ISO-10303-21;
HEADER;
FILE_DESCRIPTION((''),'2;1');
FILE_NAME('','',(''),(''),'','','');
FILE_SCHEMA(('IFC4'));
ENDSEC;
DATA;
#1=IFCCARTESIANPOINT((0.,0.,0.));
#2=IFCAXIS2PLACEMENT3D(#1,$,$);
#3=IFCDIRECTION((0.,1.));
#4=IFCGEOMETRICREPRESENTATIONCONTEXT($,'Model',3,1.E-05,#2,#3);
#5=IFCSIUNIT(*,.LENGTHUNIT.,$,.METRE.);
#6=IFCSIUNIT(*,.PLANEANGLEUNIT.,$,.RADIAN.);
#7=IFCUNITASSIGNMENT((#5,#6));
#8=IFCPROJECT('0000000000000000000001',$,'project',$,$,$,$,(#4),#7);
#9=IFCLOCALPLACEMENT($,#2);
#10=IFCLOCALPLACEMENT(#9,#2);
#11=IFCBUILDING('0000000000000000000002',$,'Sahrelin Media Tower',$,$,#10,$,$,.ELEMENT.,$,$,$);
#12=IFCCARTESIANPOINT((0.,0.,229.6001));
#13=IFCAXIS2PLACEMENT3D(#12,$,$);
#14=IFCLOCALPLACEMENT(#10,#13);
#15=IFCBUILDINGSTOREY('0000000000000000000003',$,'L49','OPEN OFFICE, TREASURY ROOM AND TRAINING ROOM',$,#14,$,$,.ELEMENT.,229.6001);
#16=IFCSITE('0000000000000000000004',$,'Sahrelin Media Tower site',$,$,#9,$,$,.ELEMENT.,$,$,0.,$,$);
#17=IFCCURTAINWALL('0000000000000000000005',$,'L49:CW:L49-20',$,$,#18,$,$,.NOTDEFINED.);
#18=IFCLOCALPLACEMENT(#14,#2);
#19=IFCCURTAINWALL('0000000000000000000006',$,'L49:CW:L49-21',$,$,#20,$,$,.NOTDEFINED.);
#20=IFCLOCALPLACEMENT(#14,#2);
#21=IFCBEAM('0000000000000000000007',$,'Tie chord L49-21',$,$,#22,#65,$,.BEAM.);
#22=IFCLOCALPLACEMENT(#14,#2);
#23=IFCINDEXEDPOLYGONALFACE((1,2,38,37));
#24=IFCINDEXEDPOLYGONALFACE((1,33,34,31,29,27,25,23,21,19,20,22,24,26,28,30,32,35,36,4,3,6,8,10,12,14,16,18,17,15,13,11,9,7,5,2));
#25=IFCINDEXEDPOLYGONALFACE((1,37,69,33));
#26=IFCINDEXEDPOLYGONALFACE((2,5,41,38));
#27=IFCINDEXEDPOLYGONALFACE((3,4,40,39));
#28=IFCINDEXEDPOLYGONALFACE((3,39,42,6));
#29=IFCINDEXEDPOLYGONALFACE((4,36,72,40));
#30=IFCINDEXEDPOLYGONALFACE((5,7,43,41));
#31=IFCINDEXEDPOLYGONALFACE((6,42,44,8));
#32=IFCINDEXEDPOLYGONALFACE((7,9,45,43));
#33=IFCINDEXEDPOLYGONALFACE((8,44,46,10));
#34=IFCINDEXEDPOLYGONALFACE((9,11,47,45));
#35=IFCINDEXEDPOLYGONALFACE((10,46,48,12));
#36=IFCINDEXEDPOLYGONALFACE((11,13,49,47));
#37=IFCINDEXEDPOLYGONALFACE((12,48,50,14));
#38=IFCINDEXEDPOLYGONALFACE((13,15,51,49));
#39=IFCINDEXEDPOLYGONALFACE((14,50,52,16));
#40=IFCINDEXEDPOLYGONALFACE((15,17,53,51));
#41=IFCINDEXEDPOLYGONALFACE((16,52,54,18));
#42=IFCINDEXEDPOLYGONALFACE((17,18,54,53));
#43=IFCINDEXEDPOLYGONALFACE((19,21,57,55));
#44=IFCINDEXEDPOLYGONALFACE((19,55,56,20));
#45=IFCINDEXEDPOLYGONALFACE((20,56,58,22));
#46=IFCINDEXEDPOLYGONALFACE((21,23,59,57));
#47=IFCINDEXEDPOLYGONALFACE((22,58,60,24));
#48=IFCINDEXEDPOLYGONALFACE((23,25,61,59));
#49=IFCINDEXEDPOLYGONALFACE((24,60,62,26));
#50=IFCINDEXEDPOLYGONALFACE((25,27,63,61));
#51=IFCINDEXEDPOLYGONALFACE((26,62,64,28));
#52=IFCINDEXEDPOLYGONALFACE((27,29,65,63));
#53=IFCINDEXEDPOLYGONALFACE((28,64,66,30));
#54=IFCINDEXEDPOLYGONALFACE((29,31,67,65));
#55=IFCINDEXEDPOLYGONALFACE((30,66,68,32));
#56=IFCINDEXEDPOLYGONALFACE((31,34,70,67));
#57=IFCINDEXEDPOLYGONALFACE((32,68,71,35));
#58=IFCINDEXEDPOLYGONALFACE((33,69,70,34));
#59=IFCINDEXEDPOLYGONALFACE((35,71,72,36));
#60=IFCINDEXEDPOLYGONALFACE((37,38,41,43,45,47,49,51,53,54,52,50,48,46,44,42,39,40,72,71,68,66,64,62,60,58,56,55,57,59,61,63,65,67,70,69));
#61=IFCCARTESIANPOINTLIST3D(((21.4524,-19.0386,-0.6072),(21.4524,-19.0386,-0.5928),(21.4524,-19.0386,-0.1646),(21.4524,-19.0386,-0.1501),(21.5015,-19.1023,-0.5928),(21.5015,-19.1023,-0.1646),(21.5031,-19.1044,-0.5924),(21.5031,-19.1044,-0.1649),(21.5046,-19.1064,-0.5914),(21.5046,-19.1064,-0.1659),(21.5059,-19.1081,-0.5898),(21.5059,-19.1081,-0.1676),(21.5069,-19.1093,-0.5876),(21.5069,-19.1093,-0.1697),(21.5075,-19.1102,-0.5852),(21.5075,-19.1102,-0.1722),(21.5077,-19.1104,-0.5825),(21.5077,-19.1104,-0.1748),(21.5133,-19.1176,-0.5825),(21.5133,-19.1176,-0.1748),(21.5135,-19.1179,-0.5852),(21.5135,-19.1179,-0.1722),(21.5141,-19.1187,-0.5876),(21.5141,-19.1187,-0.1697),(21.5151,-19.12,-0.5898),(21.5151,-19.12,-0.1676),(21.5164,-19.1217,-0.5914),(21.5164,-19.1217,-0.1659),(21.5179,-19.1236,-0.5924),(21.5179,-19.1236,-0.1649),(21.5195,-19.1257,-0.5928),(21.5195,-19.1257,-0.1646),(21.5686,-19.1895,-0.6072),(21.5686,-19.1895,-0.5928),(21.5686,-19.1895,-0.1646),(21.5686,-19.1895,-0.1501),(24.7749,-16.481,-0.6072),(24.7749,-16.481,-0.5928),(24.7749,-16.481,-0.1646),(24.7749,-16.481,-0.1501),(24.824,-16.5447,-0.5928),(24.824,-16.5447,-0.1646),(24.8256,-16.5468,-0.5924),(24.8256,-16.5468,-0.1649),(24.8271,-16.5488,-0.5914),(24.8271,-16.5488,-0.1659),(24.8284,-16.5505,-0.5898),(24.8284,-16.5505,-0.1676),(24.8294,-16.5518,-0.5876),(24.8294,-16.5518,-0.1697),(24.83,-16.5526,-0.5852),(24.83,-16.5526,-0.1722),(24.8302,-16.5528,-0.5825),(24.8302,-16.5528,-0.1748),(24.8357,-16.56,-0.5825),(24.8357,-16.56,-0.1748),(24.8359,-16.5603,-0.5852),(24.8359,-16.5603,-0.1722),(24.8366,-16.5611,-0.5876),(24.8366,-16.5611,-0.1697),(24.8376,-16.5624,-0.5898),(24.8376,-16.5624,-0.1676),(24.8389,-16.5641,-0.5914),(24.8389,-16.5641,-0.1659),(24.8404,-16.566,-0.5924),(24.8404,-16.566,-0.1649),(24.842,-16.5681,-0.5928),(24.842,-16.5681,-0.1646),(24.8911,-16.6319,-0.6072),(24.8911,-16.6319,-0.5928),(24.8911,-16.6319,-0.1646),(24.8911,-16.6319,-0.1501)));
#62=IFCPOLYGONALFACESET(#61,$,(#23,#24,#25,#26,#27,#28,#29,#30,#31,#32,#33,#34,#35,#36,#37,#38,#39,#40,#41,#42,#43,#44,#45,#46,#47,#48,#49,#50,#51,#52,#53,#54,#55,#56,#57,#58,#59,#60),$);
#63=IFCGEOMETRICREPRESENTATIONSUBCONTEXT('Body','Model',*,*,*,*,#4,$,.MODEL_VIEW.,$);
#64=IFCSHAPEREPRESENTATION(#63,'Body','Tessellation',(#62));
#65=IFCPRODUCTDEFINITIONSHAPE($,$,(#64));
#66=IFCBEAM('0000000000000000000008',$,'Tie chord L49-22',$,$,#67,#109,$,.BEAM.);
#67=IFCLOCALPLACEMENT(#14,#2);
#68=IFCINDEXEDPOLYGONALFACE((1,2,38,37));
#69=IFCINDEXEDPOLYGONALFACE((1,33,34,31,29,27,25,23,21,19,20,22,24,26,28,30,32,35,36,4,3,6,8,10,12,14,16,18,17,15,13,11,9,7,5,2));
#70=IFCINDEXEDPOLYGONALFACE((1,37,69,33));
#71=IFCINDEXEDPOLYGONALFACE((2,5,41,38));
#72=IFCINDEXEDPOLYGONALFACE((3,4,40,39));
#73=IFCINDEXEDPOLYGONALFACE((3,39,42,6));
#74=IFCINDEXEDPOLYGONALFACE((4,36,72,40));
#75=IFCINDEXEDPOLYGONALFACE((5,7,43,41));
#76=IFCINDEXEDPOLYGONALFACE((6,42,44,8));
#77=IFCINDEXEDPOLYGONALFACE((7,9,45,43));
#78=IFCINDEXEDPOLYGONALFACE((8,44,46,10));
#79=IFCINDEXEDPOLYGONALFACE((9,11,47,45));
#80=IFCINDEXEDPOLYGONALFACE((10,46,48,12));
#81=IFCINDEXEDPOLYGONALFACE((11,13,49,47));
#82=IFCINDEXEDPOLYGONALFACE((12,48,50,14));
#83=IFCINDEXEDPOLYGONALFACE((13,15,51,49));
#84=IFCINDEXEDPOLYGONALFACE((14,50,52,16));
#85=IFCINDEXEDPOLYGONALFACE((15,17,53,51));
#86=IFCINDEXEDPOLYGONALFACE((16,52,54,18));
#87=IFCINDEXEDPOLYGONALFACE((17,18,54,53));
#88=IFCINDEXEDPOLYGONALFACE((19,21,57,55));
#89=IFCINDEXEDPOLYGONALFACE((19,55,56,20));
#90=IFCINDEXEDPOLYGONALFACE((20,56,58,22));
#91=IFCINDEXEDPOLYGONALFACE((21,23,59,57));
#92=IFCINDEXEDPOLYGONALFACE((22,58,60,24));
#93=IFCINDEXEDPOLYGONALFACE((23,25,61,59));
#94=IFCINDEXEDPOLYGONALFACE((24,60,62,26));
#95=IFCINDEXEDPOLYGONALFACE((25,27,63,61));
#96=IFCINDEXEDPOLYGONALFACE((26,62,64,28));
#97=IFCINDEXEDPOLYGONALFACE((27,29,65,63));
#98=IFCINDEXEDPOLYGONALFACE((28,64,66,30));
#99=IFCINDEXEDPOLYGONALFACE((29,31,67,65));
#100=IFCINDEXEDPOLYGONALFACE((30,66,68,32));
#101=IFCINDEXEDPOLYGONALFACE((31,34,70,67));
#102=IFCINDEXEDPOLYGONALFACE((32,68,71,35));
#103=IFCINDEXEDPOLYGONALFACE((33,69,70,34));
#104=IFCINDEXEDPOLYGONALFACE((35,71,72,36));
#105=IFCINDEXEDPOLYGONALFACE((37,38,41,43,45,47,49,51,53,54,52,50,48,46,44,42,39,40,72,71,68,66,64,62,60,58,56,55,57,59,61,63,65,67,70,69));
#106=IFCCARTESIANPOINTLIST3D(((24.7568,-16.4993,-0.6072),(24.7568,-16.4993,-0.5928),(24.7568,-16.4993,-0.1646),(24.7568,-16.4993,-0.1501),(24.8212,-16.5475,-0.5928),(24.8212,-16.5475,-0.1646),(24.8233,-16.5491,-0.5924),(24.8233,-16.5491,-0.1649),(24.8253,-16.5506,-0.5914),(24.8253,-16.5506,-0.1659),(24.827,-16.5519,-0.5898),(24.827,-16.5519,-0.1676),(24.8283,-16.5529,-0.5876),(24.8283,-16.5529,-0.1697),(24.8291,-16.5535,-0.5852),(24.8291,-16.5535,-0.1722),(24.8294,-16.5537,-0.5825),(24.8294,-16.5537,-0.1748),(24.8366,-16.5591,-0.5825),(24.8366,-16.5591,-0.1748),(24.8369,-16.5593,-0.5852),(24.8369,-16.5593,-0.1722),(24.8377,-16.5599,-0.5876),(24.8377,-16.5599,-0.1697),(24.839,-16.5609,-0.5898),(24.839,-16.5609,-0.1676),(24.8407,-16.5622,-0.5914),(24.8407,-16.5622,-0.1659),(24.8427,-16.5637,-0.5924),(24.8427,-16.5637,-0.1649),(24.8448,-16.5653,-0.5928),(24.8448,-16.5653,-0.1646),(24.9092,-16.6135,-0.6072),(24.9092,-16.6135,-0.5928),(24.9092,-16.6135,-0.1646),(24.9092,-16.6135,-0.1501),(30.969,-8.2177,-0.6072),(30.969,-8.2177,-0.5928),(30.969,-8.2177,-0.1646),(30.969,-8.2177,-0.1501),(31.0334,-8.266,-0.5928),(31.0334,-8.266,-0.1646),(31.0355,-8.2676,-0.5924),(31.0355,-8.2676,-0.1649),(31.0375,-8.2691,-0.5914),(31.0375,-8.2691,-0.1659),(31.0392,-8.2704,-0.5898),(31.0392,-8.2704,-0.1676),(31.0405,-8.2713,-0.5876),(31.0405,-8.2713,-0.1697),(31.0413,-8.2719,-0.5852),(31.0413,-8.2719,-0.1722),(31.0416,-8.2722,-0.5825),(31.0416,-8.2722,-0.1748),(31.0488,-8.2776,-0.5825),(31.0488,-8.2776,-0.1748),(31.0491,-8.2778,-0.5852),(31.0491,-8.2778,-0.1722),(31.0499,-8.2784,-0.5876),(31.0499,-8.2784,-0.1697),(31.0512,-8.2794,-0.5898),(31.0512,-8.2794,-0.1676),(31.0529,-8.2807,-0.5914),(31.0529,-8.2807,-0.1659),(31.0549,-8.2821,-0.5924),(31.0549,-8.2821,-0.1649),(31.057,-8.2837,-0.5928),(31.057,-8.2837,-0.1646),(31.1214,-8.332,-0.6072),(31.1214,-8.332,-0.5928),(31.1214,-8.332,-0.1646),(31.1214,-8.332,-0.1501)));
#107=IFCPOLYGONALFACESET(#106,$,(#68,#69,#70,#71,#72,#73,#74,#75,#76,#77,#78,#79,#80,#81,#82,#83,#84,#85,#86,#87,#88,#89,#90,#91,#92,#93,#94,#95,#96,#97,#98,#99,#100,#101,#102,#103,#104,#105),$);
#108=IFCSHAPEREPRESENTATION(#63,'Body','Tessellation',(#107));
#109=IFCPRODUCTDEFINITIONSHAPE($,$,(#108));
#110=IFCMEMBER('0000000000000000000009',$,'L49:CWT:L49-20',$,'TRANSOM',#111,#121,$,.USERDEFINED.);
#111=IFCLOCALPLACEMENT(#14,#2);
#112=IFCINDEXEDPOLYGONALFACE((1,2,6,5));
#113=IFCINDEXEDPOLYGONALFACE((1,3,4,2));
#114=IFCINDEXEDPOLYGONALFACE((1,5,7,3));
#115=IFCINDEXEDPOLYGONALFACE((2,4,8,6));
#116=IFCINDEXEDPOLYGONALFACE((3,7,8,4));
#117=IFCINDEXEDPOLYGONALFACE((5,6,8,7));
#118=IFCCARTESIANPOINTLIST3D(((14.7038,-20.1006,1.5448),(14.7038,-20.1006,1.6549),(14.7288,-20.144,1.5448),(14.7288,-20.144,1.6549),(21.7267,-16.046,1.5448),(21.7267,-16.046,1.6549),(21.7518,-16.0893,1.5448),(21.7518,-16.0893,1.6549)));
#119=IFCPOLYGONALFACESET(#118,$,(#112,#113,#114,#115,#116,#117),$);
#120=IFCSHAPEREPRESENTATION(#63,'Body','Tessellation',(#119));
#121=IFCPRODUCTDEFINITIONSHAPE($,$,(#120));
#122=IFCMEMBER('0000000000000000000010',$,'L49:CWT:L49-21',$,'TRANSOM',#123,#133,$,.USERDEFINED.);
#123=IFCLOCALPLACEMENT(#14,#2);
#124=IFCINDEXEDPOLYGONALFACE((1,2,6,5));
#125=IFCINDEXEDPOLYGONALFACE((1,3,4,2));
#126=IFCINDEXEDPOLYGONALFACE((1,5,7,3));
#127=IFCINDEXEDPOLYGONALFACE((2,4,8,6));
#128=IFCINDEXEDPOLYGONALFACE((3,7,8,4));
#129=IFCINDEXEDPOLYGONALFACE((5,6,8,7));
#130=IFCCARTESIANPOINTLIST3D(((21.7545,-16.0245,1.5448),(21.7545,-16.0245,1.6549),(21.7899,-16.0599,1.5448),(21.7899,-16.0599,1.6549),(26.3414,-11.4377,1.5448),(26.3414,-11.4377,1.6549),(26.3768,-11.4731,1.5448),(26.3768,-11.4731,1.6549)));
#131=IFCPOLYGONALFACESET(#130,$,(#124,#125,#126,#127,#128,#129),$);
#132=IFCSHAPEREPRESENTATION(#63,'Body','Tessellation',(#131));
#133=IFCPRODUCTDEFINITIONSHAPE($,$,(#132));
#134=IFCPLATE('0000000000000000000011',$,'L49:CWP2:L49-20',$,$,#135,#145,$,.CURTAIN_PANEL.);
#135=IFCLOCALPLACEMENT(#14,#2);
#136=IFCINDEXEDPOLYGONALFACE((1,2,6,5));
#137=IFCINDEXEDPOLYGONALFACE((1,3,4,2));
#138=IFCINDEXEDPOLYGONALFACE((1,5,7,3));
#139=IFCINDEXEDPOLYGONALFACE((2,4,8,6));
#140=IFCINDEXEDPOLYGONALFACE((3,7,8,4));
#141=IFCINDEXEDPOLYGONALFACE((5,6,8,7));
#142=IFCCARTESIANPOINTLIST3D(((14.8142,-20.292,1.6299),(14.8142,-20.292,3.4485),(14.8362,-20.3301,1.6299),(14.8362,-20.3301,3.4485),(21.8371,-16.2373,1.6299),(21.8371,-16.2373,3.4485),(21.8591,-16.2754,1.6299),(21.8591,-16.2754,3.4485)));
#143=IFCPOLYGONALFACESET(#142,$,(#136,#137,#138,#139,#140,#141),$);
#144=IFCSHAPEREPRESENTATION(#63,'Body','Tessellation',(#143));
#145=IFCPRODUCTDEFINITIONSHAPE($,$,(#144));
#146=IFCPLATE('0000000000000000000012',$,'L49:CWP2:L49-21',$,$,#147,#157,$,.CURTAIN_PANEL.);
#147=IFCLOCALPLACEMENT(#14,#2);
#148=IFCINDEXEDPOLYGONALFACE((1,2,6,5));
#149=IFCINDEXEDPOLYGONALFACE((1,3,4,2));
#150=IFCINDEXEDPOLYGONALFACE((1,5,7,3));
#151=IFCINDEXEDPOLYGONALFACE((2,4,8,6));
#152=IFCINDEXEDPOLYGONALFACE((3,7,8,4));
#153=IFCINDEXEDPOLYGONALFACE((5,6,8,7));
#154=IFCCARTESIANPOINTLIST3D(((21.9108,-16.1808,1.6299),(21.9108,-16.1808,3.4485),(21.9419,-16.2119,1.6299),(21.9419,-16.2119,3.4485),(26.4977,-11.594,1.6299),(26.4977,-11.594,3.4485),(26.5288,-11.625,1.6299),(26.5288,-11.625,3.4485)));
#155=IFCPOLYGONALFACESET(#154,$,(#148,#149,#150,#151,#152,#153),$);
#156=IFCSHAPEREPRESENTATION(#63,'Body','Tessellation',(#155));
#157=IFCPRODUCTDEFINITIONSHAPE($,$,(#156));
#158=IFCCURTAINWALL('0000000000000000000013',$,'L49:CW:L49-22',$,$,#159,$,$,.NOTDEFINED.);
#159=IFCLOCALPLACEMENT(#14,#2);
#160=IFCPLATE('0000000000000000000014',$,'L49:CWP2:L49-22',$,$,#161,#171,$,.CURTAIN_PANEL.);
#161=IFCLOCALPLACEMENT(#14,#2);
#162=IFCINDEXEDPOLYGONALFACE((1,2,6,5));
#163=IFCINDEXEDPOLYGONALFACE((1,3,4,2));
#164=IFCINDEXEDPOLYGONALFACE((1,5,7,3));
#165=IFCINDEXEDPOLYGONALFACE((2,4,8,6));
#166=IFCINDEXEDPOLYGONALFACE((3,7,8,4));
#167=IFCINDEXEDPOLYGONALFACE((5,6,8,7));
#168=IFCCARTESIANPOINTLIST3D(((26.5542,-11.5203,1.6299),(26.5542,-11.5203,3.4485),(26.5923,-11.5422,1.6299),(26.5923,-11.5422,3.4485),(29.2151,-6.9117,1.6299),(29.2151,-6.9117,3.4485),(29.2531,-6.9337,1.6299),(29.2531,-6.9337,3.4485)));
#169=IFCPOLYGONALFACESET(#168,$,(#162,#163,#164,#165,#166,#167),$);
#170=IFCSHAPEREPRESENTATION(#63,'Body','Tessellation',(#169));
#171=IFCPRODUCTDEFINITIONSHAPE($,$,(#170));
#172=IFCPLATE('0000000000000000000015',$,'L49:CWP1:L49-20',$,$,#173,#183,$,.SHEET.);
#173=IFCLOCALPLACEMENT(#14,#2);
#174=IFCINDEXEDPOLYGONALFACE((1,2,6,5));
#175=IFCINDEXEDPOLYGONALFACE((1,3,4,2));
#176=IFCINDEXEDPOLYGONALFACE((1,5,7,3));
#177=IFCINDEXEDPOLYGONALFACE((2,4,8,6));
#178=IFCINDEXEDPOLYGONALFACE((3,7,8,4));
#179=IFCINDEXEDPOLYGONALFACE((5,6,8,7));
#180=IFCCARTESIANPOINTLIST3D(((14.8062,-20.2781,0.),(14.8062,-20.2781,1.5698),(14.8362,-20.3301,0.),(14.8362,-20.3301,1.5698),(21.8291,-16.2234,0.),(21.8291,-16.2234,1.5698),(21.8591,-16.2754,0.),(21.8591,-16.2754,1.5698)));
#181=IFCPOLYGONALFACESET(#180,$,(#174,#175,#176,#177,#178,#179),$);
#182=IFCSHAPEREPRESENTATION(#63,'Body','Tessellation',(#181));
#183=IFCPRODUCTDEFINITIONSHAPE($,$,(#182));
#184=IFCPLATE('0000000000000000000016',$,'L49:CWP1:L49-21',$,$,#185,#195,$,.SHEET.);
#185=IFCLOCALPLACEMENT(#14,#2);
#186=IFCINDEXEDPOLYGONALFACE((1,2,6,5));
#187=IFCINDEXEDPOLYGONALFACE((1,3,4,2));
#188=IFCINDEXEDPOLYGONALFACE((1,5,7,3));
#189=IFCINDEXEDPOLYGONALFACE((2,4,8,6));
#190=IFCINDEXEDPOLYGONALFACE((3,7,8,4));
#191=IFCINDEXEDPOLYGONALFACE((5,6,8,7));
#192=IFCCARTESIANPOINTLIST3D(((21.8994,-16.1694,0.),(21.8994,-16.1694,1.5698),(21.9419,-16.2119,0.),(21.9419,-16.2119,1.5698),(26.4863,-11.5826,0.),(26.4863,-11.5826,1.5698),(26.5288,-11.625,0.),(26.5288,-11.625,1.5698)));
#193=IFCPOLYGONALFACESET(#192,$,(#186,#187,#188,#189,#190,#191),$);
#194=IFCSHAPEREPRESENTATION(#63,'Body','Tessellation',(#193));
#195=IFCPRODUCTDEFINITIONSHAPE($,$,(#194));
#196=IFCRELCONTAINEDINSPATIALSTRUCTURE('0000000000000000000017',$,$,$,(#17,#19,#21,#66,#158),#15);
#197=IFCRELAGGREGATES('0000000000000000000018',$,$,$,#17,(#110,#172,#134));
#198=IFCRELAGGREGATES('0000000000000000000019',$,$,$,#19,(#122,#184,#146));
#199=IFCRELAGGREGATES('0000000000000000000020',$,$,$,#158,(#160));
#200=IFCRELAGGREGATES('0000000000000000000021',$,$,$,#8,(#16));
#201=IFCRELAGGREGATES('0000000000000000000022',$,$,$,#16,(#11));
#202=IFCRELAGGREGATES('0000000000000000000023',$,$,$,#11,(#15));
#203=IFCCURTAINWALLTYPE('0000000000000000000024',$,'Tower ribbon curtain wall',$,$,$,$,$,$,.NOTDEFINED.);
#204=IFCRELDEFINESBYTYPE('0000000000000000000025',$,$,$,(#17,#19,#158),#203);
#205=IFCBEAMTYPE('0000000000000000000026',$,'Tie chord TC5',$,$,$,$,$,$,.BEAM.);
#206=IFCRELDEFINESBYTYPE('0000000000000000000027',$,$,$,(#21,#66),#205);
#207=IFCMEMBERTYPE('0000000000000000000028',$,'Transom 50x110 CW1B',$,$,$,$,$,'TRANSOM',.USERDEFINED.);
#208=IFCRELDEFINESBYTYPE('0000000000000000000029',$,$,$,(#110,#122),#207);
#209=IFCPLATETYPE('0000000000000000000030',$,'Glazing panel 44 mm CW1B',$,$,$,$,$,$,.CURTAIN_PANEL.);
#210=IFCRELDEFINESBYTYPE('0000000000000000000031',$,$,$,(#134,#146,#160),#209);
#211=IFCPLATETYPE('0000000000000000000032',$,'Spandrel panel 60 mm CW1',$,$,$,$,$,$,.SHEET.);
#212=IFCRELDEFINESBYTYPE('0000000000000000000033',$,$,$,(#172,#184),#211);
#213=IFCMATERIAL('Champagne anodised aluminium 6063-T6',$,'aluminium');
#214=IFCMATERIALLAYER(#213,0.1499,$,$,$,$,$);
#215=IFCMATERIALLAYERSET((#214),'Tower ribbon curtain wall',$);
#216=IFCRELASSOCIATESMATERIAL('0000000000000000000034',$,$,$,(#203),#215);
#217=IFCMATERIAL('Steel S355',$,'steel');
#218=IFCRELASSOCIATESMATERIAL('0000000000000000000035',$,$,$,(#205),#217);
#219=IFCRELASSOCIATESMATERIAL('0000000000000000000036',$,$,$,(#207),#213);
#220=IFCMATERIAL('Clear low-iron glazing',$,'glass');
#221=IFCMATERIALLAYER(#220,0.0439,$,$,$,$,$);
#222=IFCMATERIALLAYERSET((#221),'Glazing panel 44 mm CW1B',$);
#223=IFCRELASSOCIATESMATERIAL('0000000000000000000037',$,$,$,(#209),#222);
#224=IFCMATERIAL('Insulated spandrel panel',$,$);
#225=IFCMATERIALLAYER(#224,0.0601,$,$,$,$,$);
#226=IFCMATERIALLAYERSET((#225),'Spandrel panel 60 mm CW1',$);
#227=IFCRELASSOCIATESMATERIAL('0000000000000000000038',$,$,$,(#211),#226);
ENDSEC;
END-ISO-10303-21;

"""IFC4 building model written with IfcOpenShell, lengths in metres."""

from ifc_helpers import new_model, si_unit, direction, frame, origin, origin_2d, place, context, subcontext, project, spatial, polyline, rectangle, i_section, outline, extrude, material, layer, layer_set, material_profile, profile_set, type_object, element, aggregate, save


model = new_model("IFC4")

# Units and contexts
model_context = context("Model", 3, precision=1e-05, world=origin(), true_north=direction((0.0, 1.0)))
body_context = subcontext(model_context, "Body", "Model", "MODEL_VIEW")
ifc_project = project(units=[si_unit("LENGTHUNIT", "METRE"), si_unit("PLANEANGLEUNIT", "RADIAN")], contexts=[model_context])

# Site, building, storey
site_placement = place(None, origin())
site = spatial("IfcSite", under=ifc_project, at=site_placement, Name="Sahrelin Media Tower site", CompositionType="ELEMENT", RefElevation=0.0)
building_placement = place(site_placement, origin())
building = spatial("IfcBuilding", under=site, at=building_placement, Name="Sahrelin Media Tower", CompositionType="ELEMENT")
storey_placement = place(building_placement, frame((0.0, 0.0, 229.6001)))
storey = spatial("IfcBuildingStorey", under=building, at=storey_placement, Name="L49", Description="OPEN OFFICE, TREASURY ROOM AND TRAINING ROOM", CompositionType="ELEMENT", Elevation=229.6001)

# Shared definitions
ifc_material_1 = material(Name="Steel S355", Category="steel")

# Curtain walls
ifc_material_2 = material(Name="Champagne anodised aluminium 6063-T6", Category="aluminium")
ifc_layer_1 = layer(ifc_material_2, 0.1499)
ifc_layer_set_1 = layer_set([ifc_layer_1], Name="Tower ribbon curtain wall")
curtain_wall_type = type_object("IfcCurtainWallType", Name="Tower ribbon curtain wall", PredefinedType="NOTDEFINED", material=ifc_layer_set_1)
curtain_wall_1_placement = place(storey_placement, frame((18.3376, -18.2854, 0.0), z_axis=(0.0, 0.0, 1.0), x_axis=(1.0, 0.0, 0.0)))
curtain_wall_1 = element("IfcCurtainWall", 1, at=curtain_wall_1_placement, inside=storey, type_object=curtain_wall_type, Name="L49:CW:L49-20", PredefinedType="NOTDEFINED")
curtain_wall_2_placement = place(storey_placement, frame((24.2212, -13.9043, 0.0), z_axis=(0.0, 0.0, 1.0), x_axis=(1.0, 0.0, 0.0)))
curtain_wall_2 = element("IfcCurtainWall", 2, at=curtain_wall_2_placement, inside=storey, type_object=curtain_wall_type, Name="L49:CW:L49-21", PredefinedType="NOTDEFINED")

# Beams
ifc_material_profile_1 = material_profile(ifc_material_1, i_section(OverallWidth=0.1904, OverallDepth=0.457, WebThickness=0.009, FlangeThickness=0.0144, FilletRadius=0.0103, at=origin_2d()), Name="UB 457x191x74")
ifc_profile_set_1 = profile_set([ifc_material_profile_1], Name="Steel S355")
beam_type_1 = type_object("IfcBeamType", Name="Tie chord TC5", PredefinedType="BEAM", material=ifc_profile_set_1)
beam_1_placement = place(storey_placement, frame((21.5105, -19.114, -0.3787), z_axis=(0.792412, 0.609986, 0.0), x_axis=(-0.609986, 0.792412, 0.0)))
element("IfcBeam", 3, at=beam_1_placement, inside=storey, type_object=beam_type_1, Name="Tie chord L49-21", PredefinedType="BEAM", context=body_context, shape_type="SweptSolid", body=[
    extrude(i_section(OverallWidth=0.1904, OverallDepth=0.457, WebThickness=0.009, FlangeThickness=0.0144, FilletRadius=0.0103, at=origin_2d()), origin(), (0.0, 0.0, 1.0), 4.1929),
])
beam_2_placement = place(storey_placement, frame((24.833, -16.5564, -0.3787), z_axis=(0.600064, 0.799952, 0.0), x_axis=(-0.799952, 0.600064, 0.0)))
element("IfcBeam", 4, at=beam_2_placement, inside=storey, type_object=beam_type_1, Name="Tie chord L49-22", PredefinedType="BEAM", context=body_context, shape_type="SweptSolid", body=[
    extrude(i_section(OverallWidth=0.1904, OverallDepth=0.457, WebThickness=0.009, FlangeThickness=0.0144, FilletRadius=0.0103, at=origin_2d()), origin(), (0.0, 0.0, 1.0), 10.3525),
])

# Members
ifc_material_profile_2 = material_profile(ifc_material_2, rectangle(XDim=0.05, YDim=0.1101, at=origin_2d()), Name="Transom 50x110")
ifc_profile_set_2 = profile_set([ifc_material_profile_2], Name="Champagne anodised aluminium 6063-T6")
member_type_1 = type_object("IfcMemberType", Name="Transom 50x110 CW1B", ElementType="TRANSOM", PredefinedType="USERDEFINED", material=ifc_profile_set_2)
member_1_placement = place(storey_placement, frame((14.7163, -20.1223, 1.5999), z_axis=(0.866026, 0.499999, 0.0), x_axis=(-0.499999, 0.866026, 0.0)))
member_1 = element("IfcMember", 5, at=member_1_placement, type_object=member_type_1, Name="L49:CWT:L49-20", ObjectType="TRANSOM", PredefinedType="USERDEFINED", context=body_context, shape_type="SweptSolid", body=[
    extrude(rectangle(XDim=0.05, YDim=0.1101, at=origin_2d()), origin(), (0.0, 0.0, 1.0), 8.1094),
])
member_2_placement = place(storey_placement, frame((21.7722, -16.0422, 1.5999), z_axis=(0.707107, 0.707107, 0.0), x_axis=(-0.707107, 0.707107, 0.0)))
member_2 = element("IfcMember", 6, at=member_2_placement, type_object=member_type_1, Name="L49:CWT:L49-21", ObjectType="TRANSOM", PredefinedType="USERDEFINED", context=body_context, shape_type="SweptSolid", body=[
    extrude(rectangle(XDim=0.05, YDim=0.1101, at=origin_2d()), origin(), (0.0, 0.0, 1.0), 6.4868),
])

# Plates
ifc_material_3 = material(Name="Clear low-iron glazing", Category="glass")
ifc_layer_2 = layer(ifc_material_3, 0.0439)
ifc_layer_set_2 = layer_set([ifc_layer_2], Name="Glazing panel 44 mm CW1B")
plate_type_1 = type_object("IfcPlateType", Name="Glazing panel 44 mm CW1B", PredefinedType="CURTAIN_PANEL", material=ifc_layer_set_2)
plate_1_placement = place(storey_placement, frame((14.8362, -20.3301, 1.6299), z_axis=(0.499999, -0.866026, 0.0), x_axis=(0.866026, 0.499999, 0.0)))
plate_1 = element("IfcPlate", 7, at=plate_1_placement, type_object=plate_type_1, Name="L49:CWP2:L49-20", PredefinedType="CURTAIN_PANEL", context=body_context, shape_type="SweptSolid", body=[
    extrude(outline(polyline([(0.0, 0.0), (8.1094, 0.0), (8.1094, 1.8186), (0.0, 1.8186), (0.0, 0.0)])), origin(), (0.0, 0.0, -1.0), 0.0439),
])
plate_2_placement = place(storey_placement, frame((21.9419, -16.2119, 1.6299), z_axis=(0.707107, -0.707107, 0.0), x_axis=(0.707107, 0.707107, 0.0)))
plate_2 = element("IfcPlate", 8, at=plate_2_placement, type_object=plate_type_1, Name="L49:CWP2:L49-21", PredefinedType="CURTAIN_PANEL", context=body_context, shape_type="SweptSolid", body=[
    extrude(outline(polyline([(0.0, 0.0), (6.4868, 0.0), (6.4868, 1.8186), (0.0, 1.8186), (0.0, 0.0)])), origin(), (0.0, 0.0, -1.0), 0.0439),
])

# Curtain wall, plate
curtain_wall_3_placement = place(storey_placement, frame((27.9055, -9.2278, 0.0), z_axis=(0.0, 0.0, 1.0), x_axis=(1.0, 0.0, 0.0)))
curtain_wall_3 = element("IfcCurtainWall", 9, at=curtain_wall_3_placement, inside=storey, type_object=curtain_wall_type, Name="L49:CW:L49-22", PredefinedType="NOTDEFINED")
plate_3_placement = place(storey_placement, frame((26.5923, -11.5422, 1.6299), z_axis=(0.866018, -0.500012, 0.0), x_axis=(0.500012, 0.866018, 0.0)))
plate_3 = element("IfcPlate", 10, at=plate_3_placement, type_object=plate_type_1, Name="L49:CWP2:L49-22", PredefinedType="CURTAIN_PANEL", context=body_context, shape_type="SweptSolid", body=[
    extrude(outline(polyline([(0.0, 0.0), (5.3215, 0.0), (5.3215, 1.8186), (0.0, 1.8186), (0.0, 0.0)])), origin(), (0.0, 0.0, -1.0), 0.0439),
])

# Plates
ifc_material_4 = material(Name="Insulated spandrel panel")
ifc_layer_3 = layer(ifc_material_4, 0.0601)
ifc_layer_set_3 = layer_set([ifc_layer_3], Name="Spandrel panel 60 mm CW1")
plate_type_2 = type_object("IfcPlateType", Name="Spandrel panel 60 mm CW1", PredefinedType="SHEET", material=ifc_layer_set_3)
plate_4_placement = place(storey_placement, frame((14.8362, -20.3301, 0.0), z_axis=(0.499999, -0.866026, 0.0), x_axis=(0.866026, 0.499999, 0.0)))
plate_4 = element("IfcPlate", 11, at=plate_4_placement, type_object=plate_type_2, Name="L49:CWP1:L49-20", PredefinedType="SHEET", context=body_context, shape_type="SweptSolid", body=[
    extrude(outline(polyline([(0.0, 0.0), (8.1094, 0.0), (8.1094, 1.5698), (0.0, 1.5698), (0.0, 0.0)])), origin(), (0.0, 0.0, -1.0), 0.0601),
])
aggregate(curtain_wall_1, [member_1, plate_4, plate_1])
plate_5_placement = place(storey_placement, frame((21.9419, -16.2119, 0.0), z_axis=(0.707107, -0.707107, 0.0), x_axis=(0.707107, 0.707107, 0.0)))
plate_5 = element("IfcPlate", 12, at=plate_5_placement, type_object=plate_type_2, Name="L49:CWP1:L49-21", PredefinedType="SHEET", context=body_context, shape_type="SweptSolid", body=[
    extrude(outline(polyline([(0.0, 0.0), (6.4868, 0.0), (6.4868, 1.5698), (0.0, 1.5698), (0.0, 0.0)])), origin(), (0.0, 0.0, -1.0), 0.0601),
])
aggregate(curtain_wall_2, [member_2, plate_5, plate_2])
aggregate(curtain_wall_3, [plate_3])

save(model, "model.ifc")
